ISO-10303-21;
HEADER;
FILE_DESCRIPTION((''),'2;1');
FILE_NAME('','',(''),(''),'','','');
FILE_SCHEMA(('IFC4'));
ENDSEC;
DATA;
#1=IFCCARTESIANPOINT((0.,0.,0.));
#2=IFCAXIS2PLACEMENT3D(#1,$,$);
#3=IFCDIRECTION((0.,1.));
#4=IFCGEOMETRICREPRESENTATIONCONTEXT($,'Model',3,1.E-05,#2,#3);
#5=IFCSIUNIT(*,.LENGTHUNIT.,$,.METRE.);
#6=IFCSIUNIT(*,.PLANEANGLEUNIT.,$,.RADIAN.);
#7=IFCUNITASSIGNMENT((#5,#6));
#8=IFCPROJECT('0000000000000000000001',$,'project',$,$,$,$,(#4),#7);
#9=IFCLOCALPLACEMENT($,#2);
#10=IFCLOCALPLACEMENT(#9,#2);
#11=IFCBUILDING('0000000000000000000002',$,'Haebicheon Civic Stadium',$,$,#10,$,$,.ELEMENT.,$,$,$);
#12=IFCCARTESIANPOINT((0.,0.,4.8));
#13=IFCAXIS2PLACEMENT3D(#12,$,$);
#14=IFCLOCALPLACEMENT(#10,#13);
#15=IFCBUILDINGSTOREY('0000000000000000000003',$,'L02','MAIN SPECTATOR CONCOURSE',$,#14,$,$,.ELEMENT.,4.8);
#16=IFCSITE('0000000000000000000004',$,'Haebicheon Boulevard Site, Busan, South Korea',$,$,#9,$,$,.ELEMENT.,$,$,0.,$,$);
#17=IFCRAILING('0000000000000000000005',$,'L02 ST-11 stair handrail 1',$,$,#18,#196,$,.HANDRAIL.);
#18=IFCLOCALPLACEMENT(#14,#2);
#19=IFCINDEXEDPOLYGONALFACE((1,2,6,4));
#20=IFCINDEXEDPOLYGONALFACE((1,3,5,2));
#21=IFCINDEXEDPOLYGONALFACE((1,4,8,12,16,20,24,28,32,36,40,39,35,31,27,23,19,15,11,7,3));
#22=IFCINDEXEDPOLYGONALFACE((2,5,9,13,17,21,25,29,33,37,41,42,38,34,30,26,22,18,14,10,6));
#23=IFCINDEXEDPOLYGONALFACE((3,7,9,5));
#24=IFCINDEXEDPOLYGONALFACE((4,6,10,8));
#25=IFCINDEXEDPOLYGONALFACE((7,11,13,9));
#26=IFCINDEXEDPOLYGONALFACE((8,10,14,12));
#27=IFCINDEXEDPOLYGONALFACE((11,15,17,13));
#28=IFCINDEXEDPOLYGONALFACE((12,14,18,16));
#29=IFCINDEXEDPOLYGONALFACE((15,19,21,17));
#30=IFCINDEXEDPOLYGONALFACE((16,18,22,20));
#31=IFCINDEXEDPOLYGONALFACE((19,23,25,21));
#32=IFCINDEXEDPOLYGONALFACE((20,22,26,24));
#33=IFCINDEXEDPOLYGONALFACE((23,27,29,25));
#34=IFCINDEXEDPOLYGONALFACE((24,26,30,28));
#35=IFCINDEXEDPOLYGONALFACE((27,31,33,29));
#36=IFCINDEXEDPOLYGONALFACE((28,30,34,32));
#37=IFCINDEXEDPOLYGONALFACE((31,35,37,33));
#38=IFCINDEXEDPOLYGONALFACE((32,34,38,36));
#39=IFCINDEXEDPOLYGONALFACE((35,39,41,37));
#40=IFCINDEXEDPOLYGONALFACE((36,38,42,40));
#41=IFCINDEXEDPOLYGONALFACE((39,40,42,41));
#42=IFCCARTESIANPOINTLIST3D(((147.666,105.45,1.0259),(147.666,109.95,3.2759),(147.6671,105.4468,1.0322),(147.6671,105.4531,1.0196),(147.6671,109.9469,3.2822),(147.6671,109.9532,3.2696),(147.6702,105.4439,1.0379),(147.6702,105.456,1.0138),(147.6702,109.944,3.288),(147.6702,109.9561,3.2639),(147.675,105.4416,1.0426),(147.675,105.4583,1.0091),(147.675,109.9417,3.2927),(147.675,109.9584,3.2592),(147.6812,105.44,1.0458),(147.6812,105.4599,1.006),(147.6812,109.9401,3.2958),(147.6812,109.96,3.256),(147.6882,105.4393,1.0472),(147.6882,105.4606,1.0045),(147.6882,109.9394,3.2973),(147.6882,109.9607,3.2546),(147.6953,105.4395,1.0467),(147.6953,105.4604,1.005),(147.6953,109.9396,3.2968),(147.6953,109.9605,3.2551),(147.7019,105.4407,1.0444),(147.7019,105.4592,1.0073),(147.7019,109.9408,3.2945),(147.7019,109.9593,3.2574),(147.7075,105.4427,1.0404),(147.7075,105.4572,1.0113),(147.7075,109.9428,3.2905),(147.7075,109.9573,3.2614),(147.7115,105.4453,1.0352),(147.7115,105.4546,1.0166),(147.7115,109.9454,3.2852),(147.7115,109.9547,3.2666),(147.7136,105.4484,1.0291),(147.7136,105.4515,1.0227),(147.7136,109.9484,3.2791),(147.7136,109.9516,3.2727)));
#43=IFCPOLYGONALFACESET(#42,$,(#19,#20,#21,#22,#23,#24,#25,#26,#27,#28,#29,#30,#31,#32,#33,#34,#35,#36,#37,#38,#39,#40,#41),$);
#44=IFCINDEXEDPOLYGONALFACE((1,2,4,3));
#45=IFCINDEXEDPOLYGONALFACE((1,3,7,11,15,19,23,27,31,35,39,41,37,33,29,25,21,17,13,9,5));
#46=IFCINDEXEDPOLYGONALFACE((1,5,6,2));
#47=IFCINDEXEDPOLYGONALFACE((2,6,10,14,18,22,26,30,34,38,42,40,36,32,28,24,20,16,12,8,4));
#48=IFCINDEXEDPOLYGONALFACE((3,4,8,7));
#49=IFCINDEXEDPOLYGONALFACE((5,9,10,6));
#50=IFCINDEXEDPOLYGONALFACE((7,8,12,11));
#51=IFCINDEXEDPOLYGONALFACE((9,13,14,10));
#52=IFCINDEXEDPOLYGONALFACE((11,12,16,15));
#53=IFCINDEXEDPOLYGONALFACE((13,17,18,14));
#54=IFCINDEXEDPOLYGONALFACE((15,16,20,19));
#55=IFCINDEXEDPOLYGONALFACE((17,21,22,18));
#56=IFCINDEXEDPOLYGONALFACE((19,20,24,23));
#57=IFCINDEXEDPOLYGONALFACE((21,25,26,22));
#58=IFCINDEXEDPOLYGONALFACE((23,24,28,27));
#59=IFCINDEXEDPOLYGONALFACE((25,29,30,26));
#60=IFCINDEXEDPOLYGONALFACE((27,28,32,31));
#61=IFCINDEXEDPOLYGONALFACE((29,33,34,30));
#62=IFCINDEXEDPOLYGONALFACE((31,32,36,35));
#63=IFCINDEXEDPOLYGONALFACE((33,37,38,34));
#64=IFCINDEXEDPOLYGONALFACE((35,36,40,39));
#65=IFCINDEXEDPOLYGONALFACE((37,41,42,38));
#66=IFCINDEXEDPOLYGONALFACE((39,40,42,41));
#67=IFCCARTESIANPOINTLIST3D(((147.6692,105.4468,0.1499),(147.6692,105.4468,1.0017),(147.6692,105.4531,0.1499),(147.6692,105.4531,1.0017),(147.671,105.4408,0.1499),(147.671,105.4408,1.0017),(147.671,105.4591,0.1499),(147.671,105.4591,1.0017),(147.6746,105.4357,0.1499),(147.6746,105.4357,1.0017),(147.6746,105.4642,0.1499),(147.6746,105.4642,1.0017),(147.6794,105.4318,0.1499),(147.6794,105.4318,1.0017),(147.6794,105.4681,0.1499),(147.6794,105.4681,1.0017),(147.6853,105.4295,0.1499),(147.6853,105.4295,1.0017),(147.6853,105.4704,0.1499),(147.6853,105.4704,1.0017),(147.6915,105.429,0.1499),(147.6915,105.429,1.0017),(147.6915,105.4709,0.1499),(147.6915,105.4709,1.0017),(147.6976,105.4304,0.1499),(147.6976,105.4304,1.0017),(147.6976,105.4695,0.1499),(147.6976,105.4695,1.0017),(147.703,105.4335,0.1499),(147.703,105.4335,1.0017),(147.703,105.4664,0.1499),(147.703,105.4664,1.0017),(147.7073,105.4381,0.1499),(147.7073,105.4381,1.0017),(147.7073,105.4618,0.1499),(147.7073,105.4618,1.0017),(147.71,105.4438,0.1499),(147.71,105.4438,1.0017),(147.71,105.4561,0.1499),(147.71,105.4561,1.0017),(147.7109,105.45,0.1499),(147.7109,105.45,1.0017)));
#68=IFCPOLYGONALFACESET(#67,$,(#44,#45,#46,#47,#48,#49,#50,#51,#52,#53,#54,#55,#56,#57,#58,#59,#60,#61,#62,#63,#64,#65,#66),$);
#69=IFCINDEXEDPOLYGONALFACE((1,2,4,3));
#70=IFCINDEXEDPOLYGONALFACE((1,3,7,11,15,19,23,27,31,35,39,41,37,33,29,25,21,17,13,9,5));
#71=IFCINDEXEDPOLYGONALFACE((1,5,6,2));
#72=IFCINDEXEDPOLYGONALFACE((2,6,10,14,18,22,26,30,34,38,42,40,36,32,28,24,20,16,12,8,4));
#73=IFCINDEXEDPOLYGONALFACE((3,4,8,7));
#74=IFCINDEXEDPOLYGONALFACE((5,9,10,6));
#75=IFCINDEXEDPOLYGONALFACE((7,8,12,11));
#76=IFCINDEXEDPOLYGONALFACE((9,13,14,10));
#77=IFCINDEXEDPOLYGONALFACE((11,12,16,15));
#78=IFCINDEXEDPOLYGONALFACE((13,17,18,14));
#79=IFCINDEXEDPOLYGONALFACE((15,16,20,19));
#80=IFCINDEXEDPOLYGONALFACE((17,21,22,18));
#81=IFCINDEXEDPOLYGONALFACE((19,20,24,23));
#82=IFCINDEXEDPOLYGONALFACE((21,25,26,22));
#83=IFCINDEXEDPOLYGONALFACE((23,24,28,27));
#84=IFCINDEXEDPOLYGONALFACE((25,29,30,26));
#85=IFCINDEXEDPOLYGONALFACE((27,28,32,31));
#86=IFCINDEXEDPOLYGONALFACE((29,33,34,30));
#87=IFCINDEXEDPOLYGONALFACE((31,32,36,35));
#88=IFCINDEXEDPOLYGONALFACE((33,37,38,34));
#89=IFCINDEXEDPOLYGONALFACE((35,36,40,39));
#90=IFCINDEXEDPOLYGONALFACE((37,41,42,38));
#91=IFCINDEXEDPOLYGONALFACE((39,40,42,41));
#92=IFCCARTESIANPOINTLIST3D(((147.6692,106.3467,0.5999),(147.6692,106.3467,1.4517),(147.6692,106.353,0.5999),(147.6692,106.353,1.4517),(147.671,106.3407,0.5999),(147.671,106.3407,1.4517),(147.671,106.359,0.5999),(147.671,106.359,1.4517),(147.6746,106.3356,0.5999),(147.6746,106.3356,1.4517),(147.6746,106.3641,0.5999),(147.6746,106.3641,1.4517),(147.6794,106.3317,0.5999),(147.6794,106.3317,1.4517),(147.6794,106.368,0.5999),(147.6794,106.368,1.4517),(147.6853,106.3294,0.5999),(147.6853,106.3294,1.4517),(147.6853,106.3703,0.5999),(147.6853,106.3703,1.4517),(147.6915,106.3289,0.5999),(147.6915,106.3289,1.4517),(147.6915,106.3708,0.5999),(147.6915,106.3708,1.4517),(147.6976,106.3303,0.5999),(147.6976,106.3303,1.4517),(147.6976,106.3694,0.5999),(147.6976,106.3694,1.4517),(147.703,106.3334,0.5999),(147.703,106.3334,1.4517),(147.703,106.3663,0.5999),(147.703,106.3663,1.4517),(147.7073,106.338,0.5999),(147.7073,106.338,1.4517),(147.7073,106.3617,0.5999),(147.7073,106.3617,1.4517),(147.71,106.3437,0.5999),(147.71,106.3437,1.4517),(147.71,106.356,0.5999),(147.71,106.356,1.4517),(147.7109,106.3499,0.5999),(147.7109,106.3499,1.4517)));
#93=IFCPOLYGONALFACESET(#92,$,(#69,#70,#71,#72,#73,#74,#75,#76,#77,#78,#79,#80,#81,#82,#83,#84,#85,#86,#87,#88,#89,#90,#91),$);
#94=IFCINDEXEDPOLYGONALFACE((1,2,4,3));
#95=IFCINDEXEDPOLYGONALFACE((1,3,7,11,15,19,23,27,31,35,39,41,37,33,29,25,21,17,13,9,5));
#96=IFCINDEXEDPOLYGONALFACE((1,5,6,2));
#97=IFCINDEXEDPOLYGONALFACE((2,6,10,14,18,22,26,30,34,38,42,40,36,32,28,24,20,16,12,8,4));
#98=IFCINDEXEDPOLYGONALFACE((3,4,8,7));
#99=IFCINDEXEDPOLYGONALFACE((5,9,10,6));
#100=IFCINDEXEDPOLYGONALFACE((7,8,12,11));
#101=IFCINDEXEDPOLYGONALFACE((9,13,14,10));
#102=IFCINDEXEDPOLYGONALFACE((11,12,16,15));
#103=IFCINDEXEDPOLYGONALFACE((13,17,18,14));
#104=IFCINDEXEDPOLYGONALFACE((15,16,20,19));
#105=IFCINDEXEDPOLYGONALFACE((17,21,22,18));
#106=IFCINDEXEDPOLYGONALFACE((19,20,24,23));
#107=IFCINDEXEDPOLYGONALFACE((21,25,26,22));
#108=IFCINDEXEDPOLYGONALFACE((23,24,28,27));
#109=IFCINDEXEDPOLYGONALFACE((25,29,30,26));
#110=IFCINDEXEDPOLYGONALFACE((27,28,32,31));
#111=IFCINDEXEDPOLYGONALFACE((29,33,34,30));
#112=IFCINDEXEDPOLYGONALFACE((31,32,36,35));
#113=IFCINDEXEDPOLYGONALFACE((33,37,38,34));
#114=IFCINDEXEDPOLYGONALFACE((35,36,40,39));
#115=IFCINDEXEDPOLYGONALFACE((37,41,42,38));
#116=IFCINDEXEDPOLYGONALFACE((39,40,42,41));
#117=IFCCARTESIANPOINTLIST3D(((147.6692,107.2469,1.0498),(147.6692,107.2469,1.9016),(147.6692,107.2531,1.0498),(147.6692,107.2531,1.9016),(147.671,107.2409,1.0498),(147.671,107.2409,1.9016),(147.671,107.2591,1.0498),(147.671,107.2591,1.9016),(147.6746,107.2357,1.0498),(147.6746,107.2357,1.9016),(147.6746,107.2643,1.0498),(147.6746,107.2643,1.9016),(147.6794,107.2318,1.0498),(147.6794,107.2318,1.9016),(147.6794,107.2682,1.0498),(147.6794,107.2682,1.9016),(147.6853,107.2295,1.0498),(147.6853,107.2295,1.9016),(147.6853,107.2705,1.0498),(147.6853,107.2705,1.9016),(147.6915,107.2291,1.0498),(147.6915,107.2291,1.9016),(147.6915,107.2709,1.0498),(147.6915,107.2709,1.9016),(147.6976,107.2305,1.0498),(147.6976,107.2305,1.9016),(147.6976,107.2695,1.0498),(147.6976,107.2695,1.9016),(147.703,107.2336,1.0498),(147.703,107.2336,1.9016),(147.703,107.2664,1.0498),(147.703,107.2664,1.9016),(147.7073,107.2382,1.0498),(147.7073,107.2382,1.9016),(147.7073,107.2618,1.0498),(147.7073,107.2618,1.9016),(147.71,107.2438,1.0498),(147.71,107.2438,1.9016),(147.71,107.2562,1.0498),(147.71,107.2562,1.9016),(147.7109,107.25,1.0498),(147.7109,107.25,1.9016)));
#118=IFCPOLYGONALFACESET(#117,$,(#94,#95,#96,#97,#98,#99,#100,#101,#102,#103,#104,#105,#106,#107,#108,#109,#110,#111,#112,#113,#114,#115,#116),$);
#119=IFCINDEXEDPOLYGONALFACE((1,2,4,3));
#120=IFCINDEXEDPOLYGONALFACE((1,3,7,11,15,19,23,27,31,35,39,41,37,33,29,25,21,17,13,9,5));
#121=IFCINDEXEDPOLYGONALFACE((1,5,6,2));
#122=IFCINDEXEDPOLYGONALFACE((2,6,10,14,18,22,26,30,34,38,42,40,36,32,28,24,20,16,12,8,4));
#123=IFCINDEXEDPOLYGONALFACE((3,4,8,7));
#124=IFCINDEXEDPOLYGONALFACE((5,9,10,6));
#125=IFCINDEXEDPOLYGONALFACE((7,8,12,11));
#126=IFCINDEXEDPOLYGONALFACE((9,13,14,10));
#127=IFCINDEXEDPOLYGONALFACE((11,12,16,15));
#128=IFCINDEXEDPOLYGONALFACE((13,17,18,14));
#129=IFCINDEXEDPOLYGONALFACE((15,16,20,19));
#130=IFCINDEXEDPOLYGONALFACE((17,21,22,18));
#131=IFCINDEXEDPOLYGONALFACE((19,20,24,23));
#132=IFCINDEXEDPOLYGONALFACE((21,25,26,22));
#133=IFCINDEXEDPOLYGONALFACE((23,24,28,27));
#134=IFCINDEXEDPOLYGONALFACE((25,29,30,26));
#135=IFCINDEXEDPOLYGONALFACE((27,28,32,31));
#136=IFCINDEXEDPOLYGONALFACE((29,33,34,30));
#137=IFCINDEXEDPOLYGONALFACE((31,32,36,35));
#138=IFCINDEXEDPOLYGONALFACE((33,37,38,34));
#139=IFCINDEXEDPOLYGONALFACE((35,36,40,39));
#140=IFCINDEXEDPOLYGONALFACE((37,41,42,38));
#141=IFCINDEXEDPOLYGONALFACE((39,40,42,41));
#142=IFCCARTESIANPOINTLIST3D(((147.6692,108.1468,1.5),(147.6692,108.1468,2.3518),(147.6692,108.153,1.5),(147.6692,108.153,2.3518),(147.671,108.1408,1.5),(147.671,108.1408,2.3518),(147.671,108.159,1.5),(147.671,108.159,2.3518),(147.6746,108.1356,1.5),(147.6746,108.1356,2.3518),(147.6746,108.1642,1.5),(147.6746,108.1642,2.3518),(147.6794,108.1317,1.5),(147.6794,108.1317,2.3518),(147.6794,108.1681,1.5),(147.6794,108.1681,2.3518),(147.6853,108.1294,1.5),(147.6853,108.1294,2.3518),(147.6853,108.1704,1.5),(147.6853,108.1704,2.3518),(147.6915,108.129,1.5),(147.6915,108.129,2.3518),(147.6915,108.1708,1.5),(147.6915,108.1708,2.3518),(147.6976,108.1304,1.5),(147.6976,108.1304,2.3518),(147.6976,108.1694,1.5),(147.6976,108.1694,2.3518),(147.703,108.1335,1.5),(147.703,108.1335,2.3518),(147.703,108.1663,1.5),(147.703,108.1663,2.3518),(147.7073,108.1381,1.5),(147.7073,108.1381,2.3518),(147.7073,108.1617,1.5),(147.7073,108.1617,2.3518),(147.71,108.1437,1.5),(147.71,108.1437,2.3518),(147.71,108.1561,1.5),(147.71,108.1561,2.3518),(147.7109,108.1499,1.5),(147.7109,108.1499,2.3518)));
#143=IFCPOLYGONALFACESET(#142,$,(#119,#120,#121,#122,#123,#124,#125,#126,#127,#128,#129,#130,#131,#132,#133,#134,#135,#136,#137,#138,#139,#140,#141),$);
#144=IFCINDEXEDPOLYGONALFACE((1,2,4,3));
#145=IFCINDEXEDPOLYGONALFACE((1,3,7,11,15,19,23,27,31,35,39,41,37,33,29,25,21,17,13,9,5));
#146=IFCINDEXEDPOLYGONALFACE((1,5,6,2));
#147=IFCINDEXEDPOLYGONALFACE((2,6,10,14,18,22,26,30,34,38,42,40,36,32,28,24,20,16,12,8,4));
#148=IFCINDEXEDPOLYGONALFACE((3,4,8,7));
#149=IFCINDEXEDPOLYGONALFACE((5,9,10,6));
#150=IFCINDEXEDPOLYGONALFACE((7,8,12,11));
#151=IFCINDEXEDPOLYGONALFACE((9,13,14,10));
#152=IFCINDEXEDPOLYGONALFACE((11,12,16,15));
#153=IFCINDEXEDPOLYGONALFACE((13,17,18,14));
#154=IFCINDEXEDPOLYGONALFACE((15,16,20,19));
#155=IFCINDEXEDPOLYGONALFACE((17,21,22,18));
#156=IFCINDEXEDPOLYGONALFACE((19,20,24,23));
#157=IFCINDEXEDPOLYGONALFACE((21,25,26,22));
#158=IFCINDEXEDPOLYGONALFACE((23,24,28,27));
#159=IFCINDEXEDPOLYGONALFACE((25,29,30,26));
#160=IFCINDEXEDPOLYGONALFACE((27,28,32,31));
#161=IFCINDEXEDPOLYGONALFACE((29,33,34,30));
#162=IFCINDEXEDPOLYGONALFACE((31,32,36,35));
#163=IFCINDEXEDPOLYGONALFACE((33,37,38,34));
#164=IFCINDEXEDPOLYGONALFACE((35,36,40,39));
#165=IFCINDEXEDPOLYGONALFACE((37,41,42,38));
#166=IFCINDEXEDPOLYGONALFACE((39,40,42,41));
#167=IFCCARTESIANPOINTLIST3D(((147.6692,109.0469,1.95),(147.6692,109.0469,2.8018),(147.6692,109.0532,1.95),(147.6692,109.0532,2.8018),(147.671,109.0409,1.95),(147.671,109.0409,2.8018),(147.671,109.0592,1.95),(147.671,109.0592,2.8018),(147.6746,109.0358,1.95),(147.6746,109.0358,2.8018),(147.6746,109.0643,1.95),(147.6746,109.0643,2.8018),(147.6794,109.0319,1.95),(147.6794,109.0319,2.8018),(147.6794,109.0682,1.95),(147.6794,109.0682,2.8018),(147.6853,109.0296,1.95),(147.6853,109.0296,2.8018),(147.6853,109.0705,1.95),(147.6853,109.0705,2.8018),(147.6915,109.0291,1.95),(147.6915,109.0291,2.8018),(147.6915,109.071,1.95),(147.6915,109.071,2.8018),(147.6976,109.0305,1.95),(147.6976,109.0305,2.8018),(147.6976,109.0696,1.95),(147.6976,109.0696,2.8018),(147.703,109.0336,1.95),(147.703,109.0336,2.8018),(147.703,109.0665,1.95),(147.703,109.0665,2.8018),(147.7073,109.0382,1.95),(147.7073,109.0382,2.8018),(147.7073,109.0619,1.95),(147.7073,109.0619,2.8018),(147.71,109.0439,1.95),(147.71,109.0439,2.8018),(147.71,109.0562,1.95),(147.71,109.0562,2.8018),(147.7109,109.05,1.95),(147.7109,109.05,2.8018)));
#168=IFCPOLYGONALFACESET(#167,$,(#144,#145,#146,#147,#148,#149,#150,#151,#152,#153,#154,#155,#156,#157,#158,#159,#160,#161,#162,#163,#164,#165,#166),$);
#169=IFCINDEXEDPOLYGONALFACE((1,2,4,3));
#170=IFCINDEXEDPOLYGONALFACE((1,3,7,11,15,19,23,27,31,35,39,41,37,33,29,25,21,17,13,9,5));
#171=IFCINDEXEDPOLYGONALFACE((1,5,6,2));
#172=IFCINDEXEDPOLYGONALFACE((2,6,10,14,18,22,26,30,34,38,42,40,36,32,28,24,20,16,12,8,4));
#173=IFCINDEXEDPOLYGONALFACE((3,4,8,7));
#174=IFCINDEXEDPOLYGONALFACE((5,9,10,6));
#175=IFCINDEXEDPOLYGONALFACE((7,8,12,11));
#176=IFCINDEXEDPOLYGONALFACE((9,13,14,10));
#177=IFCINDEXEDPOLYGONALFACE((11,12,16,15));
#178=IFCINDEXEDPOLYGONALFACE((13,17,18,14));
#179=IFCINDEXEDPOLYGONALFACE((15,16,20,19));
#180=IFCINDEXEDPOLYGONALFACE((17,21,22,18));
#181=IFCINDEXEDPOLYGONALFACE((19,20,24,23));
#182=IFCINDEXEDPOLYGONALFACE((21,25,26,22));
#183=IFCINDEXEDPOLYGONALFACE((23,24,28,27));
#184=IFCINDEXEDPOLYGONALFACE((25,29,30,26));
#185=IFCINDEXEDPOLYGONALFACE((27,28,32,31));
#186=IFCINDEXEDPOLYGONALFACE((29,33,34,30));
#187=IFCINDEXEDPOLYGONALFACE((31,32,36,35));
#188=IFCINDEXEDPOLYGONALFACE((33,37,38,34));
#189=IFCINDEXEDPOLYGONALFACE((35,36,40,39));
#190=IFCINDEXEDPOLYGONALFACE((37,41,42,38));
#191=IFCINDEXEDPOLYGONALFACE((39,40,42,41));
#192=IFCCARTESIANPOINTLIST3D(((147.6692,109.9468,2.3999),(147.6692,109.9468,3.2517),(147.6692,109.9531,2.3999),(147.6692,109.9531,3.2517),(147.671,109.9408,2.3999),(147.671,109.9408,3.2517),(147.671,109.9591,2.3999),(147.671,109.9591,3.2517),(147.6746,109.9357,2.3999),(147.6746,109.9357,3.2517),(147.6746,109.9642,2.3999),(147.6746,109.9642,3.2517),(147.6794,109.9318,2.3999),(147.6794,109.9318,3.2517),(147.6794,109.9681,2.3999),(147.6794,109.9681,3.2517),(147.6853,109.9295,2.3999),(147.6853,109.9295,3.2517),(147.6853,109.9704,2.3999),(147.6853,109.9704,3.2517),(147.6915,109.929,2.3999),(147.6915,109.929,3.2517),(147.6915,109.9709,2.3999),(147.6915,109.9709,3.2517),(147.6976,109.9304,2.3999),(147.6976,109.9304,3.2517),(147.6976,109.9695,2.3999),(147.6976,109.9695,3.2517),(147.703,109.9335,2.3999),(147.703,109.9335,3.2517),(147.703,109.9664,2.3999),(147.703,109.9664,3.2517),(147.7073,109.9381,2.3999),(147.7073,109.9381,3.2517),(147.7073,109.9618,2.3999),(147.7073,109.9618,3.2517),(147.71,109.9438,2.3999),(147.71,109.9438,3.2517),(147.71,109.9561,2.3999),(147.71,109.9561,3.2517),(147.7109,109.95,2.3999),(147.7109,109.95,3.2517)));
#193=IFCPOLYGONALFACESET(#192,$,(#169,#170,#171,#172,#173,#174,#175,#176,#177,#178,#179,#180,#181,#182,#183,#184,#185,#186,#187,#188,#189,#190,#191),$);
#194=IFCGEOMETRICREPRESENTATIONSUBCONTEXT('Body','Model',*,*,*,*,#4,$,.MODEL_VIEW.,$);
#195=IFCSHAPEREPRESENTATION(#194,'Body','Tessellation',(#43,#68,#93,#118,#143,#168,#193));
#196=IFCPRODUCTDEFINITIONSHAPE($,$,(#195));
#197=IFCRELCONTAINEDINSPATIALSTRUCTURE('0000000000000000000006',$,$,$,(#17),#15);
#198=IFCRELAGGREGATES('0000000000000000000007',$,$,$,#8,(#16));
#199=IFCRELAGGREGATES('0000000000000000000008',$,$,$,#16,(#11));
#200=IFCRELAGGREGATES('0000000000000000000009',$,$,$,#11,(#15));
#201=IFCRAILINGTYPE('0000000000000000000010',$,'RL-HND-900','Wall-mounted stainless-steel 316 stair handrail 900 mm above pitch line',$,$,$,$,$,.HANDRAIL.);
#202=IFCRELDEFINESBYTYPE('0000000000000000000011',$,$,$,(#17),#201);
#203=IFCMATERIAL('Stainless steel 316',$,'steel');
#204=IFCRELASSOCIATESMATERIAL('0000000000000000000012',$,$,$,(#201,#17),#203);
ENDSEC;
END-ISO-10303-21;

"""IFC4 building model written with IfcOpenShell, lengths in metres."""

from ifc_helpers import new_model, si_unit, direction, frame, origin, origin_2d, place, context, subcontext, project, spatial, circle, extrude, material, type_object, element, save


model = new_model("IFC4")

# Units and contexts
model_context = context("Model", 3, precision=1e-05, world=origin(), true_north=direction((0.0, 1.0)))
body_context = subcontext(model_context, "Body", "Model", "MODEL_VIEW")
ifc_project = project(units=[si_unit("LENGTHUNIT", "METRE"), si_unit("PLANEANGLEUNIT", "RADIAN")], contexts=[model_context])

# Site, building, storey
site_placement = place(None, origin())
site = spatial("IfcSite", under=ifc_project, at=site_placement, Name="Haebicheon Boulevard Site, Busan, South Korea", CompositionType="ELEMENT", RefElevation=0.0)
building_placement = place(site_placement, origin())
building = spatial("IfcBuilding", under=site, at=building_placement, Name="Haebicheon Civic Stadium", CompositionType="ELEMENT")
storey_placement = place(building_placement, frame((0.0, 0.0, 4.8)))
storey = spatial("IfcBuildingStorey", under=building, at=storey_placement, Name="L02", Description="MAIN SPECTATOR CONCOURSE", CompositionType="ELEMENT", Elevation=4.8)

# Railing
ifc_material_1 = material(Name="Stainless steel 316", Category="steel")
railing_type_1 = type_object("IfcRailingType", Name="RL-HND-900", Description="Wall-mounted stainless-steel 316 stair handrail 900 mm above pitch line", PredefinedType="HANDRAIL", material=ifc_material_1)
railing_1_placement = place(storey_placement, frame((147.6899, 105.45, 0.1499)))
element("IfcRailing", 1, at=railing_1_placement, inside=storey, type_object=railing_type_1, material=ifc_material_1, Name="L02 ST-11 stair handrail 1", PredefinedType="HANDRAIL", context=body_context, shape_type="SweptSolid", body=[
    extrude(circle(Radius=0.0239, at=origin_2d()), frame((0.0, 0.0, 0.876), z_axis=(0.0, 0.894427, 0.447214), x_axis=(-1.0, 0.0, 0.0)), (0.0, 0.0, 1.0), 5.0312),
    extrude(circle(Radius=0.021, at=origin_2d()), origin(), (0.0, 0.0, 1.0), 0.8518),
    extrude(circle(Radius=0.021, at=origin_2d()), frame((0.0, 0.8999, 0.45)), (0.0, 0.0, 1.0), 0.8518),
    extrude(circle(Radius=0.021, at=origin_2d()), frame((0.0, 1.8, 0.8999)), (0.0, 0.0, 1.0), 0.8518),
    extrude(circle(Radius=0.021, at=origin_2d()), frame((0.0, 2.7, 1.3501)), (0.0, 0.0, 1.0), 0.8518),
    extrude(circle(Radius=0.021, at=origin_2d()), frame((0.0, 3.6001, 1.8)), (0.0, 0.0, 1.0), 0.8518),
    extrude(circle(Radius=0.021, at=origin_2d()), frame((0.0, 4.5, 2.25)), (0.0, 0.0, 1.0), 0.8518),
])

save(model, "model.ifc")
